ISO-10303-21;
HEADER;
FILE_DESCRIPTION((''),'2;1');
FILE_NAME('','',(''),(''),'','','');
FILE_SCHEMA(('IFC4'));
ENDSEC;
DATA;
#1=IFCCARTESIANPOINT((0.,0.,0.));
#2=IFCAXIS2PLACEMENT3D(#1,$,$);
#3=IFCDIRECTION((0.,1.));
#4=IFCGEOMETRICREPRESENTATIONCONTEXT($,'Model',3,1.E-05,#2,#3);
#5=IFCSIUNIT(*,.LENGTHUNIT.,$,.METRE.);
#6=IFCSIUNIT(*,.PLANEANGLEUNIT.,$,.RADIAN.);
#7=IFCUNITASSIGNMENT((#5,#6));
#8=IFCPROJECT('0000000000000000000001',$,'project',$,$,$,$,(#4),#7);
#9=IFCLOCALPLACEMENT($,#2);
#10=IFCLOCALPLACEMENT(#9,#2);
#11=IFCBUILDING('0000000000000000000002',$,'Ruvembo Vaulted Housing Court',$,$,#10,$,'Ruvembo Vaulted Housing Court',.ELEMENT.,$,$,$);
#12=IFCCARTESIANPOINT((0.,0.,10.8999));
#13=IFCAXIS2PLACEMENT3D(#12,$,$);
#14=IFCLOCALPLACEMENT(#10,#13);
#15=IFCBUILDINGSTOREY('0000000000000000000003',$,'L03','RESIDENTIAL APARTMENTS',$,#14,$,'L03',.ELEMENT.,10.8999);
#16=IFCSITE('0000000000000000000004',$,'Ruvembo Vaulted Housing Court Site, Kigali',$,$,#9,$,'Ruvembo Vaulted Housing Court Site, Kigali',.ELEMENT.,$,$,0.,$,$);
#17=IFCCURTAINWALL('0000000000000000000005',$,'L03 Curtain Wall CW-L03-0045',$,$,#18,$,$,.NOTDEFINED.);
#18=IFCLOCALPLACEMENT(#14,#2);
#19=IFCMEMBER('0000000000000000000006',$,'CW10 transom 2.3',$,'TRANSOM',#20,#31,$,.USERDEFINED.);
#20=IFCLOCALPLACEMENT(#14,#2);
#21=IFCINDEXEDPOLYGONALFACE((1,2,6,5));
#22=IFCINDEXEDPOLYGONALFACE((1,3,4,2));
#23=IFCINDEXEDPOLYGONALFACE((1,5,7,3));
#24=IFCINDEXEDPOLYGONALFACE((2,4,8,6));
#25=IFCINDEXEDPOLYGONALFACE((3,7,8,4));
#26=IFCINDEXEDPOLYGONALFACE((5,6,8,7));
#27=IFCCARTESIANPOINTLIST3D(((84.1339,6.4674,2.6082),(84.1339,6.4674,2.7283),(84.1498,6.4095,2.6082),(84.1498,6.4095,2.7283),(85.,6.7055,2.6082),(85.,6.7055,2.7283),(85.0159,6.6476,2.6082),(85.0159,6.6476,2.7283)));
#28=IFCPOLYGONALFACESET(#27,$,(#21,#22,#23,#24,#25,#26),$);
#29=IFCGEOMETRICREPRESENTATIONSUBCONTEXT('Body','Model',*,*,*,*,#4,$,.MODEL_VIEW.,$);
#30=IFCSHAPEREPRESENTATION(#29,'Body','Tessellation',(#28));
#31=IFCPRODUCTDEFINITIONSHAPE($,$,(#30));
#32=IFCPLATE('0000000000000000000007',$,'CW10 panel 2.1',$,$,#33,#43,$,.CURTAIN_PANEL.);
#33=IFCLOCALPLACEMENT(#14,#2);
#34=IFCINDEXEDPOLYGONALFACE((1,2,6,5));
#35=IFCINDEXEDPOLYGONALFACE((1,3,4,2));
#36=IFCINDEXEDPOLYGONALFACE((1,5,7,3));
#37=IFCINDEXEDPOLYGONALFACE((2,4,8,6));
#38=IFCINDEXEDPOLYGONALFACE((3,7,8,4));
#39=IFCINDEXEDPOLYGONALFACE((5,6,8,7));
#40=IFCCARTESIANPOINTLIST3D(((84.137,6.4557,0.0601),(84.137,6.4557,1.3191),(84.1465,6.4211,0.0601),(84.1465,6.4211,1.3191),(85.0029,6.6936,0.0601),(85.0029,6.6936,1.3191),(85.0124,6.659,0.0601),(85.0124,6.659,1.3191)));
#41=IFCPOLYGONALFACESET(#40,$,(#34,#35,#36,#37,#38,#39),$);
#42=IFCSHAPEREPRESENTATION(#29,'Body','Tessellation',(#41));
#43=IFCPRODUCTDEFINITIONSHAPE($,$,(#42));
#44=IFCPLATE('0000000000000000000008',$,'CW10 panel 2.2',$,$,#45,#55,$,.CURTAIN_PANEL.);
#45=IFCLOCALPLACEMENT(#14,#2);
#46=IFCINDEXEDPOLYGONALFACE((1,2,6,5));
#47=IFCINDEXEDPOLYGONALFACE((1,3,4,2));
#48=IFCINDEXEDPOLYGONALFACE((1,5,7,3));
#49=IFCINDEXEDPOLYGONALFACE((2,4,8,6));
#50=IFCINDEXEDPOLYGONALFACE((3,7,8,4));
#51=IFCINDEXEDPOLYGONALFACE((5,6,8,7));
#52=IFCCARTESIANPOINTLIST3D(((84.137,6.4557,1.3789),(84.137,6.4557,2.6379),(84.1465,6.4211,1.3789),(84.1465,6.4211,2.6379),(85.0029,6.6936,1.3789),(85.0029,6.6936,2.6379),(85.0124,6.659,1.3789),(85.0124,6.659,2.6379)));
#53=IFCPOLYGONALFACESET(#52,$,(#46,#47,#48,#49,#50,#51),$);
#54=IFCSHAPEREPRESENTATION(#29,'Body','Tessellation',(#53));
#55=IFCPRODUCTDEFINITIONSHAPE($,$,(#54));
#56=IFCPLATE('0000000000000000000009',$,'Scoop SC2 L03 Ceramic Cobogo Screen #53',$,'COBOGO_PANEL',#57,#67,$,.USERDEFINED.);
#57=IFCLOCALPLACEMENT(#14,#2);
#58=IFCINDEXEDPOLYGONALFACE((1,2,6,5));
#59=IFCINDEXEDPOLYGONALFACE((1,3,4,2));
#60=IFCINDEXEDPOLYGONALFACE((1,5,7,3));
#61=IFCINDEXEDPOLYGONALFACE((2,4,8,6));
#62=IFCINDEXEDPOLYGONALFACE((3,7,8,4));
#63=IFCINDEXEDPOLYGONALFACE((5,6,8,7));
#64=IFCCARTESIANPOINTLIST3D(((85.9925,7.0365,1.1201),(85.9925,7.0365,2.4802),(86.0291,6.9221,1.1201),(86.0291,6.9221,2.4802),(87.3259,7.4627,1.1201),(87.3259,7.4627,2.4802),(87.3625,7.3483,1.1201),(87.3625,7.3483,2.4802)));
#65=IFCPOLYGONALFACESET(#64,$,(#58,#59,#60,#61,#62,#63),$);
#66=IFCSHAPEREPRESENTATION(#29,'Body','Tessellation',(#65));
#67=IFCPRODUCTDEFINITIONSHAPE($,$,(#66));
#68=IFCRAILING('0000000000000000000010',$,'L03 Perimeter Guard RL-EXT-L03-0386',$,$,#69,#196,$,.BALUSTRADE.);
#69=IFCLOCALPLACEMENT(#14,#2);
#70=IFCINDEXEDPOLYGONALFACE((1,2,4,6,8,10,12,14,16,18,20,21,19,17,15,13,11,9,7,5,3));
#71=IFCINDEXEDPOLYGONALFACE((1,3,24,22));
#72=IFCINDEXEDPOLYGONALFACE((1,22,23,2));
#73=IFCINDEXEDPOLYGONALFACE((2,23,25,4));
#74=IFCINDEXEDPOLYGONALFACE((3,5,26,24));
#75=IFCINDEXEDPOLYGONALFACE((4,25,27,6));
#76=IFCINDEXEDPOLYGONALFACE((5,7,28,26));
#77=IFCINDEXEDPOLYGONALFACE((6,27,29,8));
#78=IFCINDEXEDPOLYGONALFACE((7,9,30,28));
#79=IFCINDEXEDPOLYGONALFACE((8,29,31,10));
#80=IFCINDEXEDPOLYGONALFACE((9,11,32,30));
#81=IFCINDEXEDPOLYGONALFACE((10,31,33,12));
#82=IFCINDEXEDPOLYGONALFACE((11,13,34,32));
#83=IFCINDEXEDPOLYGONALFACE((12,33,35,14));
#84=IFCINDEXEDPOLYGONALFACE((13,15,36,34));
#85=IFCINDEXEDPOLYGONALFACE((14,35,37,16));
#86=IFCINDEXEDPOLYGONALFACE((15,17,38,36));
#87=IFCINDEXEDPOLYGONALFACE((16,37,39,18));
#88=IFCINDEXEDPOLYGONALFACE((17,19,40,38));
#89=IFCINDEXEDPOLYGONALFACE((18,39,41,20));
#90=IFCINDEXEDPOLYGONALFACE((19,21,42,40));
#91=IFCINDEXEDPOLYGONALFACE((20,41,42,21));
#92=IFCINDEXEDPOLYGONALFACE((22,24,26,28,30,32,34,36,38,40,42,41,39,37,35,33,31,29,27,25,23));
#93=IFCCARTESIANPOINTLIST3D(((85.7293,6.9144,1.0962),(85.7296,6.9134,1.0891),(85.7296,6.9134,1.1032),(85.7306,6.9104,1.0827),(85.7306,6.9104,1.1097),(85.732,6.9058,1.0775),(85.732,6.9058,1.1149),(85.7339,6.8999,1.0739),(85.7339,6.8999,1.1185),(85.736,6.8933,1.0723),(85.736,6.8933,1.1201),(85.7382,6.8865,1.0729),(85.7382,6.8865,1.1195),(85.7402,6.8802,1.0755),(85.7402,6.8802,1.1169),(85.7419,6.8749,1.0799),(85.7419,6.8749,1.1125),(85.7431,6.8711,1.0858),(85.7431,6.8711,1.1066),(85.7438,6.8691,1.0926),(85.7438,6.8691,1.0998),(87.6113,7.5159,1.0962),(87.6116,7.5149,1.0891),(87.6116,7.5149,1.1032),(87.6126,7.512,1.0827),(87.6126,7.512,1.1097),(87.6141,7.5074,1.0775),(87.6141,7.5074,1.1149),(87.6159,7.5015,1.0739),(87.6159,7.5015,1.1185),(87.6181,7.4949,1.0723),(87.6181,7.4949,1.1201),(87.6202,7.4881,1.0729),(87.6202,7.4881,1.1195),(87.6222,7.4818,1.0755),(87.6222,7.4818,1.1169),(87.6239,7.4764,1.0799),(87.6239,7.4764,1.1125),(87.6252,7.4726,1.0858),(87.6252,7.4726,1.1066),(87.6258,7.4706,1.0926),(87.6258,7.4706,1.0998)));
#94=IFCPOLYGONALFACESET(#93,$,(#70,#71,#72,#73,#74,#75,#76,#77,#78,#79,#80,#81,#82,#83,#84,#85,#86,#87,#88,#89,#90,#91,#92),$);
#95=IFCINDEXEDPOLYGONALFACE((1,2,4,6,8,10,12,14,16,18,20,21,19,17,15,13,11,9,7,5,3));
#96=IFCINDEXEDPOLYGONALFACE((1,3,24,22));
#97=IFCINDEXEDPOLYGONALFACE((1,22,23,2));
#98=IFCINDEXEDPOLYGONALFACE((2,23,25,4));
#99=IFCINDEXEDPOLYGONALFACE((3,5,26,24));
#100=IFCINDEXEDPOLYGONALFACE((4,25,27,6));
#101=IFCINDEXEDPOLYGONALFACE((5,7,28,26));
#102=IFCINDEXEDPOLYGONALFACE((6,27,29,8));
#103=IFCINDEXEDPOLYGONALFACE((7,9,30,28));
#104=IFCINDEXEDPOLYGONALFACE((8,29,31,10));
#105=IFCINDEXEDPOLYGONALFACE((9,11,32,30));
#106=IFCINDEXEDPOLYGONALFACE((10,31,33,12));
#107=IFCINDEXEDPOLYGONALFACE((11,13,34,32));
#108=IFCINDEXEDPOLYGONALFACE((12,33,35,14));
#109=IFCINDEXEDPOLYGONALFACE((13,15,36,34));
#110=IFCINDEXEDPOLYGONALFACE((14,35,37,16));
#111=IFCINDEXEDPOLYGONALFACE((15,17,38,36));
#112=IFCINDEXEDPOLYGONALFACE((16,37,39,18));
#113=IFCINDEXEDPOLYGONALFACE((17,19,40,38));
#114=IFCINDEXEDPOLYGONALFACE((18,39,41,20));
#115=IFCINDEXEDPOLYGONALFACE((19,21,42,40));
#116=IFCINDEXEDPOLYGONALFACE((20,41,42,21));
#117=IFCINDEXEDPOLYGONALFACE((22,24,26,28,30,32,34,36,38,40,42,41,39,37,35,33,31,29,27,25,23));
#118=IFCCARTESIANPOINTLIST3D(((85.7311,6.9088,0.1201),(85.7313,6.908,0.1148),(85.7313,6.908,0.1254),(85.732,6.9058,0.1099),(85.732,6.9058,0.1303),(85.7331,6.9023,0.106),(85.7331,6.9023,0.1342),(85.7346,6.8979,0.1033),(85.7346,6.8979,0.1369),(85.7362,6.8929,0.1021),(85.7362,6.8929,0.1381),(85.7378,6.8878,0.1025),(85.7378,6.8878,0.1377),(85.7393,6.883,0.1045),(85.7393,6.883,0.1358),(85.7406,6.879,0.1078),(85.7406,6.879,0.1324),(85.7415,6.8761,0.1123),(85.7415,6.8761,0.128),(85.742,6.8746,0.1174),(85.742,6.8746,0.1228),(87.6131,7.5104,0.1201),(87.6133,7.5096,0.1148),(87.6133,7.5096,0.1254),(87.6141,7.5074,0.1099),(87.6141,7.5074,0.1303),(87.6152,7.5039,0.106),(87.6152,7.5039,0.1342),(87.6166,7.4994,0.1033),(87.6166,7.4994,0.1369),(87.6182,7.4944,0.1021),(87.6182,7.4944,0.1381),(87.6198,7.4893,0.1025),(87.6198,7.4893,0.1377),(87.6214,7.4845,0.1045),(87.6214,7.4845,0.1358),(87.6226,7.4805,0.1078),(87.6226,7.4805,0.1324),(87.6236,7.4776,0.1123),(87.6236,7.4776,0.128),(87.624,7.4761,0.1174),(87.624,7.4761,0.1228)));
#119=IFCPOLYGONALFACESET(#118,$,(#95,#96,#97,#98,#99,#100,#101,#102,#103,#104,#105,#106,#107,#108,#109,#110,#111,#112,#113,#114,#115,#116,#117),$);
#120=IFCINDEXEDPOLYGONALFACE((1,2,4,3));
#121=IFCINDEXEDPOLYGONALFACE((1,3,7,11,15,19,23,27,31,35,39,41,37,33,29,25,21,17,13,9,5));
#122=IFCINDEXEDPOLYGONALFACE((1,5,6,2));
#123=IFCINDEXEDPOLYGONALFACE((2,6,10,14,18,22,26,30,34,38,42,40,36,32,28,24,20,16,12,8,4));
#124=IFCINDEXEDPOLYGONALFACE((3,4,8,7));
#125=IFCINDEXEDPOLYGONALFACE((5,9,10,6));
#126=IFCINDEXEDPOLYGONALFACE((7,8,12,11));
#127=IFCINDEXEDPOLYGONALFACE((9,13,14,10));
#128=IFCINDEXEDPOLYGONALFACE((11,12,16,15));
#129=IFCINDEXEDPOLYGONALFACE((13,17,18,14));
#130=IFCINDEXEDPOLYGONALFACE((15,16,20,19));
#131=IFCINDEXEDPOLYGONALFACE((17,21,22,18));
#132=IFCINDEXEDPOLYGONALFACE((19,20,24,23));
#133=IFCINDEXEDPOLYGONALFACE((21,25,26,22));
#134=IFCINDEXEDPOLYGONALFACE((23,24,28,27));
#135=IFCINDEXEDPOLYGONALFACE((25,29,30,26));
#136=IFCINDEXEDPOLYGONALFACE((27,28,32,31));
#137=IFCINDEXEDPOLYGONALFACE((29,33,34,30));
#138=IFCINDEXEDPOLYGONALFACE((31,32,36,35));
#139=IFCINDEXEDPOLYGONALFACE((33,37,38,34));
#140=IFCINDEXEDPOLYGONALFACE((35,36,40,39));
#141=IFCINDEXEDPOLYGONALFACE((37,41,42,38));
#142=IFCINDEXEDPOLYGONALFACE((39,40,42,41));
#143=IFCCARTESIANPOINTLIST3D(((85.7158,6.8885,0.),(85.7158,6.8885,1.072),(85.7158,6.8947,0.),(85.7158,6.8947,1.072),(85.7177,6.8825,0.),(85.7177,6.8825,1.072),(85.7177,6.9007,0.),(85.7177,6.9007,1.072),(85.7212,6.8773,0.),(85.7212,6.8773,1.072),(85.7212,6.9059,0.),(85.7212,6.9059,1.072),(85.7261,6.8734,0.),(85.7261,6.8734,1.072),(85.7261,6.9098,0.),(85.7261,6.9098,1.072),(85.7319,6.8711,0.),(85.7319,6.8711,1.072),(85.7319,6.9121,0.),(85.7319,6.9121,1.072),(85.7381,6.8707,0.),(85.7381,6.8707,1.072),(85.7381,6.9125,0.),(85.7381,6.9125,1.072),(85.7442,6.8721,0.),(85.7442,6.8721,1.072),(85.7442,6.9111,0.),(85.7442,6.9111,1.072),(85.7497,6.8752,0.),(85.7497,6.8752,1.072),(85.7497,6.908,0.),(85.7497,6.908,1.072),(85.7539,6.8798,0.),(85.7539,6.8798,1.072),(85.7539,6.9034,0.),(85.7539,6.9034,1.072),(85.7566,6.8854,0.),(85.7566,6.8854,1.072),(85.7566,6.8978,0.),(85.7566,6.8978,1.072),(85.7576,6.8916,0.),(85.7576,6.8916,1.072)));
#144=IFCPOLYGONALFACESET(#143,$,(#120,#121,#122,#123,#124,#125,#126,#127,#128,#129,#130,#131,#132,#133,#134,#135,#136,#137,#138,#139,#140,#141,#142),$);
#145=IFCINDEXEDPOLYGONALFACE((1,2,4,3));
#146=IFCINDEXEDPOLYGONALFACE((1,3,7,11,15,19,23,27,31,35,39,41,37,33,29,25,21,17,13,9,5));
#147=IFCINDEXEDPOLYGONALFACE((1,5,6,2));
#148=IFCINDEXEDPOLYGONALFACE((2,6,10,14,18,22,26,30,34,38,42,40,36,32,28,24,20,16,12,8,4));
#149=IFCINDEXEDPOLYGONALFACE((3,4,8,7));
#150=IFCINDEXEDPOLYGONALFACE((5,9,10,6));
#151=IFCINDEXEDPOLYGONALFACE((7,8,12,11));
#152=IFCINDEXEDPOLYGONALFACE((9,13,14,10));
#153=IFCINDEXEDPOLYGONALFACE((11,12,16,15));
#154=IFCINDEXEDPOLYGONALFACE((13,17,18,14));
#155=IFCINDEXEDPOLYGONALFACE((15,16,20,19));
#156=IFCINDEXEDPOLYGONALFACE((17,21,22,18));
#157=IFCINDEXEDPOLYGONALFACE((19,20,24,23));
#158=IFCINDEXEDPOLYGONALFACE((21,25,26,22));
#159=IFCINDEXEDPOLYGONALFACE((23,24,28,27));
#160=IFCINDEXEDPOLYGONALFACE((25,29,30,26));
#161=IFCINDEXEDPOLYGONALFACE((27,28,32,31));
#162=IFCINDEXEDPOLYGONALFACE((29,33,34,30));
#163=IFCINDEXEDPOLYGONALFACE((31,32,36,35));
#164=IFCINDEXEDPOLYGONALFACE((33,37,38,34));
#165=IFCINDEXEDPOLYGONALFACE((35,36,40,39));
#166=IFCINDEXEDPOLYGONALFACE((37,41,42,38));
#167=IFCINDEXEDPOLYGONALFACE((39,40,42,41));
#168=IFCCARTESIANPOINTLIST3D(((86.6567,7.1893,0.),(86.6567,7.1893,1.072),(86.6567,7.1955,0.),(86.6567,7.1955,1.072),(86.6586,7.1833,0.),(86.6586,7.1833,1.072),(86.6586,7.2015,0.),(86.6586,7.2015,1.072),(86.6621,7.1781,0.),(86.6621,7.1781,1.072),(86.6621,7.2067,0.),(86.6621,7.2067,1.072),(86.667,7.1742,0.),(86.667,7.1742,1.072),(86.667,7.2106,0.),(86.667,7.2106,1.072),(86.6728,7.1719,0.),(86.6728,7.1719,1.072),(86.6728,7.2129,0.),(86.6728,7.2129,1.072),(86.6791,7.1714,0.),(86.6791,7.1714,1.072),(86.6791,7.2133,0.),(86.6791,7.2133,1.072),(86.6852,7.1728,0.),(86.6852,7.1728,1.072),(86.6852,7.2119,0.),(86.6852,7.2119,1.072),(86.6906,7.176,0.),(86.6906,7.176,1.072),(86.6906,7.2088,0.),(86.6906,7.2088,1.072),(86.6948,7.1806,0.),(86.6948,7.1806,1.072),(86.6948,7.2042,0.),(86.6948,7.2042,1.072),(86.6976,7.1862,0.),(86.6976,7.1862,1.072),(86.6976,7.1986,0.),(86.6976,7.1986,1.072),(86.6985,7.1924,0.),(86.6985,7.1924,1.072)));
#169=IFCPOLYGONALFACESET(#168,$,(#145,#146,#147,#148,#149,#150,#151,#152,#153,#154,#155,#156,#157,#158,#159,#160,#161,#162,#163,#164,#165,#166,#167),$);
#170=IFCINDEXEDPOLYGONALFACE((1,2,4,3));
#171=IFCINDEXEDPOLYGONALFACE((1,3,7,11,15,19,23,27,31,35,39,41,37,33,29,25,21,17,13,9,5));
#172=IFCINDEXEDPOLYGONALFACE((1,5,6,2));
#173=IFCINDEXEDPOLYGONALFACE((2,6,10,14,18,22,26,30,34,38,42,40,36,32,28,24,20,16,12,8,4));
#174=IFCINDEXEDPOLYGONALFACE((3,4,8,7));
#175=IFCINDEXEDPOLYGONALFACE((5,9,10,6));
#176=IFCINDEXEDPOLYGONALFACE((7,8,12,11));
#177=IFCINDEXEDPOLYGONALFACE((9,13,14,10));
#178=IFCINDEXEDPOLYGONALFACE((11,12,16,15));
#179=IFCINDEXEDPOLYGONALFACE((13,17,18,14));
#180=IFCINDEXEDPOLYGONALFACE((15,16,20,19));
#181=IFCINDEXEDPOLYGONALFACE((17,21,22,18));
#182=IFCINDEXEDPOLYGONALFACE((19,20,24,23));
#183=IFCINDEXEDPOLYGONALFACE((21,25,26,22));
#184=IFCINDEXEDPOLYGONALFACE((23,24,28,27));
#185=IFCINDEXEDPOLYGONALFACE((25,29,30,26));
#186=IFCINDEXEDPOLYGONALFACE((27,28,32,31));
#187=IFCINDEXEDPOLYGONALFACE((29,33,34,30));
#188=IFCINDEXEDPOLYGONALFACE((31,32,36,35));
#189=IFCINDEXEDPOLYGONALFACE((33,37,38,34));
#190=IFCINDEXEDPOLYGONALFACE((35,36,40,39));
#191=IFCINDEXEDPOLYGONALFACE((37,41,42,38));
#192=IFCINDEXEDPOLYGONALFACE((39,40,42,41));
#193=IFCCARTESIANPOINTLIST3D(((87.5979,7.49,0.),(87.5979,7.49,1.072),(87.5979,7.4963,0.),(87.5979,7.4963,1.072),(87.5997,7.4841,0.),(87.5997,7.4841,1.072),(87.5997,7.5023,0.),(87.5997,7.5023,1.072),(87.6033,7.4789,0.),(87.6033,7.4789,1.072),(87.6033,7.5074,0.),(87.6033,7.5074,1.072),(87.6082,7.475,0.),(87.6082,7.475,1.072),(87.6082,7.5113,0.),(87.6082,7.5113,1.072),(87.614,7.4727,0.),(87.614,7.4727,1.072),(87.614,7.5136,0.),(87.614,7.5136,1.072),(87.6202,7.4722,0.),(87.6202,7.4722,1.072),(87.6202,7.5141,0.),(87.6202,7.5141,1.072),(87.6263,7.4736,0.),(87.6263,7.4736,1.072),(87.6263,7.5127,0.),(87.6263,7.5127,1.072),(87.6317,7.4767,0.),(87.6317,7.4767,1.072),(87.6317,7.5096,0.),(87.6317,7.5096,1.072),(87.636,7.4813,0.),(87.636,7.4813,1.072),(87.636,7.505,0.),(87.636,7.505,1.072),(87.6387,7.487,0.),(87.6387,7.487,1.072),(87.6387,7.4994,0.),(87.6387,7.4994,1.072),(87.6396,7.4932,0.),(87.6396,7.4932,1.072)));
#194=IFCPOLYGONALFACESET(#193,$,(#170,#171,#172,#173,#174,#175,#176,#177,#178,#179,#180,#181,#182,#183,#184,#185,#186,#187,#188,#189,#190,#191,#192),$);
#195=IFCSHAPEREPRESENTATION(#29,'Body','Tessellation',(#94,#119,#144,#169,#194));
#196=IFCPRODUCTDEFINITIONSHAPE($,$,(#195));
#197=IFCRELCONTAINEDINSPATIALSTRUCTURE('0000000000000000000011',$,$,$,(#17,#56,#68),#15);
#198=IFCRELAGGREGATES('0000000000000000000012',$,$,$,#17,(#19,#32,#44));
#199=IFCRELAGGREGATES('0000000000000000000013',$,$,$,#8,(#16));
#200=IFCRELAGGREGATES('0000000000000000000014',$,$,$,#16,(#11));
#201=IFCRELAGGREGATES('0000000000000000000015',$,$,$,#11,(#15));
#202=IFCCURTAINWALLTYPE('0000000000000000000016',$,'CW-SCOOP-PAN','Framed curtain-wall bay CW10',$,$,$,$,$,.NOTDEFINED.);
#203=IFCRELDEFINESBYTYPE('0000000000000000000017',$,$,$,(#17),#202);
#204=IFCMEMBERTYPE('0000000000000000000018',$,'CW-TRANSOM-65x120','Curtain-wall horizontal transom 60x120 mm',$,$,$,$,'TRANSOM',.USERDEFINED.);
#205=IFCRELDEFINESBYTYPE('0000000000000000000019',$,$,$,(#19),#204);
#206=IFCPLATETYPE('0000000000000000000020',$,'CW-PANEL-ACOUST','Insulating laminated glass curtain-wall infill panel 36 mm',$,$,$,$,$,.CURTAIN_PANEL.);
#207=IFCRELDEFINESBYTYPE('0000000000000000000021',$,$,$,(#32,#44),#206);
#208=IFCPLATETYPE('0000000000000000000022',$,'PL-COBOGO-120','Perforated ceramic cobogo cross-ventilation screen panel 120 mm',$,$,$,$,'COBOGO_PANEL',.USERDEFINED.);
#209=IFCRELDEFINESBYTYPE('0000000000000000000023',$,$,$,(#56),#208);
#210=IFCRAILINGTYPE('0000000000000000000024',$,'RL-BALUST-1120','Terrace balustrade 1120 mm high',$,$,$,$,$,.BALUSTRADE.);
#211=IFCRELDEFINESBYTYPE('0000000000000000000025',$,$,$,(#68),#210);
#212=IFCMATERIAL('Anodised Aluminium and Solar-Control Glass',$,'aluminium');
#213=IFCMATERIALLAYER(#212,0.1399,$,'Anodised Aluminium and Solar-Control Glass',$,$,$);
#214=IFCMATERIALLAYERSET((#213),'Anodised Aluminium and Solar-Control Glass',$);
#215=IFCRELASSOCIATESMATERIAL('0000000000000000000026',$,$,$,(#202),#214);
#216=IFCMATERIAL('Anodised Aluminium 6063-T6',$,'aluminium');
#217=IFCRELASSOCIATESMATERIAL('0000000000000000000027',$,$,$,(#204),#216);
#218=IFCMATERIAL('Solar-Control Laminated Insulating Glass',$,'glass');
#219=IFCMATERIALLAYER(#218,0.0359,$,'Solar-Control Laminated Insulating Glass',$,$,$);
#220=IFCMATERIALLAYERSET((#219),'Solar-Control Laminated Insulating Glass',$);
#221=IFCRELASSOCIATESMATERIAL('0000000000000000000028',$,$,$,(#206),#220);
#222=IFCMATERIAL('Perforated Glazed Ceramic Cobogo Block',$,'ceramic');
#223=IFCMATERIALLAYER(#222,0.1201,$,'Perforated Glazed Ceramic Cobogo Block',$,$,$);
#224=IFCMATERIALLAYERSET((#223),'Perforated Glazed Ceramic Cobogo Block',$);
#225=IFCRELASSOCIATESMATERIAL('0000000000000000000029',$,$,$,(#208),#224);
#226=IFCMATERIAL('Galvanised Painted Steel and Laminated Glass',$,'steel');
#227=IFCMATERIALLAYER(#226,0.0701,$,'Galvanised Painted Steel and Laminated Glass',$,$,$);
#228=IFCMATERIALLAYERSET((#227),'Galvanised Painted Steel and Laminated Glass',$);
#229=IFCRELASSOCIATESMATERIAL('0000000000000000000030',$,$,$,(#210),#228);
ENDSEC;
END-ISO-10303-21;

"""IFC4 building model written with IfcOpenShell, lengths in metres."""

from ifc_helpers import new_model, si_unit, direction, frame, origin, origin_2d, place, context, subcontext, project, spatial, rectangle, circle, extrude, material, layer, layer_set, material_profile, profile_set, type_object, element, aggregate, save


model = new_model("IFC4")

# Units and contexts
model_context = context("Model", 3, precision=1e-05, world=origin(), true_north=direction((0.0, 1.0)))
body_context = subcontext(model_context, "Body", "Model", "MODEL_VIEW")
ifc_project = project(units=[si_unit("LENGTHUNIT", "METRE"), si_unit("PLANEANGLEUNIT", "RADIAN")], contexts=[model_context])

# Site, building, storey
site_placement = place(None, origin())
site = spatial("IfcSite", under=ifc_project, at=site_placement, Name="Ruvembo Vaulted Housing Court Site, Kigali", LongName="Ruvembo Vaulted Housing Court Site, Kigali", CompositionType="ELEMENT", RefElevation=0.0)
building_placement = place(site_placement, origin())
building = spatial("IfcBuilding", under=site, at=building_placement, Name="Ruvembo Vaulted Housing Court", LongName="Ruvembo Vaulted Housing Court", CompositionType="ELEMENT")
storey_placement = place(building_placement, frame((0.0, 0.0, 10.8999)))
storey = spatial("IfcBuildingStorey", under=building, at=storey_placement, Name="L03", Description="RESIDENTIAL APARTMENTS", LongName="L03", CompositionType="ELEMENT", Elevation=10.8999)

# Shared definitions
ifc_material_1 = material(Name="Anodised Aluminium and Solar-Control Glass", Category="aluminium")
ifc_layer_1 = layer(ifc_material_1, 0.1399, Name="Anodised Aluminium and Solar-Control Glass")
ifc_layer_set_1 = layer_set([ifc_layer_1], Name="Anodised Aluminium and Solar-Control Glass")
curtain_wall_type = type_object("IfcCurtainWallType", Name="CW-SCOOP-PAN", Description="Framed curtain-wall bay CW10", PredefinedType="NOTDEFINED", material=ifc_layer_set_1)
ifc_material_2 = material(Name="Anodised Aluminium 6063-T6", Category="aluminium")

# Curtain wall, member, plates
curtain_wall_1_placement = place(storey_placement, origin())
curtain_wall_1 = element("IfcCurtainWall", 1, at=curtain_wall_1_placement, inside=storey, type_object=curtain_wall_type, Name="L03 Curtain Wall CW-L03-0045", PredefinedType="NOTDEFINED")
ifc_material_profile_1 = material_profile(ifc_material_2, rectangle(XDim=0.0601, YDim=0.1201, at=origin_2d()), Name="ALU 60x120")
ifc_profile_set_1 = profile_set([ifc_material_profile_1], Name="Anodised Aluminium 6063-T6")
member_type_1 = type_object("IfcMemberType", Name="CW-TRANSOM-65x120", Description="Curtain-wall horizontal transom 60x120 mm", ElementType="TRANSOM", PredefinedType="USERDEFINED", material=ifc_profile_set_1)
member_1_placement = place(storey_placement, frame((84.1418, 6.4385, 2.6682), z_axis=(0.964235, 0.265049, 0.0), x_axis=(-0.265049, 0.964235, 0.0)))
member_1 = element("IfcMember", 2, at=member_1_placement, type_object=member_type_1, Name="CW10 transom 2.3", ObjectType="TRANSOM", PredefinedType="USERDEFINED", context=body_context, shape_type="SweptSolid", body=[
    extrude(rectangle(XDim=0.0601, YDim=0.1201, at=origin_2d()), origin(), (0.0, 0.0, 1.0), 0.8982),
])
ifc_material_3 = material(Name="Solar-Control Laminated Insulating Glass", Category="glass")
ifc_layer_2 = layer(ifc_material_3, 0.0359, Name="Solar-Control Laminated Insulating Glass")
ifc_layer_set_2 = layer_set([ifc_layer_2], Name="Solar-Control Laminated Insulating Glass")
plate_type_1 = type_object("IfcPlateType", Name="CW-PANEL-ACOUST", Description="Insulating laminated glass curtain-wall infill panel 36 mm", PredefinedType="CURTAIN_PANEL", material=ifc_layer_set_2)
plate_1_placement = place(storey_placement, frame((84.5747, 6.5574, 0.0601), z_axis=(0.0, 0.0, 1.0), x_axis=(0.964255, 0.264975, 0.0)))
plate_1 = element("IfcPlate", 3, at=plate_1_placement, type_object=plate_type_1, Name="CW10 panel 2.1", PredefinedType="CURTAIN_PANEL", context=body_context, shape_type="SweptSolid", body=[
    extrude(rectangle(XDim=0.8979, YDim=0.0359, at=origin_2d()), origin(), (0.0, 0.0, 1.0), 1.259),
])
plate_2_placement = place(storey_placement, frame((84.5747, 6.5574, 1.3789), z_axis=(0.0, 0.0, 1.0), x_axis=(0.964255, 0.264975, 0.0)))
plate_2 = element("IfcPlate", 4, at=plate_2_placement, type_object=plate_type_1, Name="CW10 panel 2.2", PredefinedType="CURTAIN_PANEL", context=body_context, shape_type="SweptSolid", body=[
    extrude(rectangle(XDim=0.8979, YDim=0.0359, at=origin_2d()), origin(), (0.0, 0.0, 1.0), 1.259),
])
aggregate(curtain_wall_1, [member_1, plate_1, plate_2])

# Plate
ifc_material_4 = material(Name="Perforated Glazed Ceramic Cobogo Block", Category="ceramic")
ifc_layer_3 = layer(ifc_material_4, 0.1201, Name="Perforated Glazed Ceramic Cobogo Block")
ifc_layer_set_3 = layer_set([ifc_layer_3], Name="Perforated Glazed Ceramic Cobogo Block")
plate_type_2 = type_object("IfcPlateType", Name="PL-COBOGO-120", Description="Perforated ceramic cobogo cross-ventilation screen panel 120 mm", ElementType="COBOGO_PANEL", PredefinedType="USERDEFINED", material=ifc_layer_set_3)
plate_3_placement = place(storey_placement, frame((86.6775, 7.1924, 1.1201), z_axis=(0.0, 0.0, 1.0), x_axis=(0.952523, 0.304465, 0.0)))
element("IfcPlate", 5, at=plate_3_placement, inside=storey, type_object=plate_type_2, Name="Scoop SC2 L03 Ceramic Cobogo Screen #53", ObjectType="COBOGO_PANEL", PredefinedType="USERDEFINED", context=body_context, shape_type="SweptSolid", body=[
    extrude(rectangle(XDim=1.3999, YDim=0.1201, at=origin_2d()), origin(), (0.0, 0.0, 1.0), 1.3601),
])

# Railing
ifc_material_5 = material(Name="Galvanised Painted Steel and Laminated Glass", Category="steel")
ifc_layer_4 = layer(ifc_material_5, 0.0701, Name="Galvanised Painted Steel and Laminated Glass")
ifc_layer_set_4 = layer_set([ifc_layer_4], Name="Galvanised Painted Steel and Laminated Glass")
railing_type = type_object("IfcRailingType", Name="RL-BALUST-1120", Description="Terrace balustrade 1120 mm high", PredefinedType="BALUSTRADE", material=ifc_layer_set_4)
railing_1_placement = place(storey_placement, frame((85.7366, 6.8916, 0.0)))
element("IfcRailing", 6, at=railing_1_placement, inside=storey, type_object=railing_type, Name="L03 Perimeter Guard RL-EXT-L03-0386", PredefinedType="BALUSTRADE", context=body_context, shape_type="SweptSolid", body=[
    extrude(circle(Radius=0.0239, at=origin_2d()), frame((0.0, 0.0, 1.0962), z_axis=(0.952527, 0.304453, 0.0), x_axis=(-0.304453, 0.952527, 0.0)), (0.0, 0.0, 1.0), 1.9758),
    extrude(circle(Radius=0.0181, at=origin_2d()), frame((0.0, 0.0, 0.1201), z_axis=(0.952527, 0.304453, 0.0), x_axis=(-0.304453, 0.952527, 0.0)), (0.0, 0.0, 1.0), 1.9758),
    extrude(circle(Radius=0.021, at=origin_2d()), origin(), (0.0, 0.0, 1.0), 1.072),
    extrude(circle(Radius=0.021, at=origin_2d()), frame((0.9409, 0.3008, 0.0)), (0.0, 0.0, 1.0), 1.072),
    extrude(circle(Radius=0.021, at=origin_2d()), frame((1.8821, 0.6016, 0.0)), (0.0, 0.0, 1.0), 1.072),
])

save(model, "model.ifc")
